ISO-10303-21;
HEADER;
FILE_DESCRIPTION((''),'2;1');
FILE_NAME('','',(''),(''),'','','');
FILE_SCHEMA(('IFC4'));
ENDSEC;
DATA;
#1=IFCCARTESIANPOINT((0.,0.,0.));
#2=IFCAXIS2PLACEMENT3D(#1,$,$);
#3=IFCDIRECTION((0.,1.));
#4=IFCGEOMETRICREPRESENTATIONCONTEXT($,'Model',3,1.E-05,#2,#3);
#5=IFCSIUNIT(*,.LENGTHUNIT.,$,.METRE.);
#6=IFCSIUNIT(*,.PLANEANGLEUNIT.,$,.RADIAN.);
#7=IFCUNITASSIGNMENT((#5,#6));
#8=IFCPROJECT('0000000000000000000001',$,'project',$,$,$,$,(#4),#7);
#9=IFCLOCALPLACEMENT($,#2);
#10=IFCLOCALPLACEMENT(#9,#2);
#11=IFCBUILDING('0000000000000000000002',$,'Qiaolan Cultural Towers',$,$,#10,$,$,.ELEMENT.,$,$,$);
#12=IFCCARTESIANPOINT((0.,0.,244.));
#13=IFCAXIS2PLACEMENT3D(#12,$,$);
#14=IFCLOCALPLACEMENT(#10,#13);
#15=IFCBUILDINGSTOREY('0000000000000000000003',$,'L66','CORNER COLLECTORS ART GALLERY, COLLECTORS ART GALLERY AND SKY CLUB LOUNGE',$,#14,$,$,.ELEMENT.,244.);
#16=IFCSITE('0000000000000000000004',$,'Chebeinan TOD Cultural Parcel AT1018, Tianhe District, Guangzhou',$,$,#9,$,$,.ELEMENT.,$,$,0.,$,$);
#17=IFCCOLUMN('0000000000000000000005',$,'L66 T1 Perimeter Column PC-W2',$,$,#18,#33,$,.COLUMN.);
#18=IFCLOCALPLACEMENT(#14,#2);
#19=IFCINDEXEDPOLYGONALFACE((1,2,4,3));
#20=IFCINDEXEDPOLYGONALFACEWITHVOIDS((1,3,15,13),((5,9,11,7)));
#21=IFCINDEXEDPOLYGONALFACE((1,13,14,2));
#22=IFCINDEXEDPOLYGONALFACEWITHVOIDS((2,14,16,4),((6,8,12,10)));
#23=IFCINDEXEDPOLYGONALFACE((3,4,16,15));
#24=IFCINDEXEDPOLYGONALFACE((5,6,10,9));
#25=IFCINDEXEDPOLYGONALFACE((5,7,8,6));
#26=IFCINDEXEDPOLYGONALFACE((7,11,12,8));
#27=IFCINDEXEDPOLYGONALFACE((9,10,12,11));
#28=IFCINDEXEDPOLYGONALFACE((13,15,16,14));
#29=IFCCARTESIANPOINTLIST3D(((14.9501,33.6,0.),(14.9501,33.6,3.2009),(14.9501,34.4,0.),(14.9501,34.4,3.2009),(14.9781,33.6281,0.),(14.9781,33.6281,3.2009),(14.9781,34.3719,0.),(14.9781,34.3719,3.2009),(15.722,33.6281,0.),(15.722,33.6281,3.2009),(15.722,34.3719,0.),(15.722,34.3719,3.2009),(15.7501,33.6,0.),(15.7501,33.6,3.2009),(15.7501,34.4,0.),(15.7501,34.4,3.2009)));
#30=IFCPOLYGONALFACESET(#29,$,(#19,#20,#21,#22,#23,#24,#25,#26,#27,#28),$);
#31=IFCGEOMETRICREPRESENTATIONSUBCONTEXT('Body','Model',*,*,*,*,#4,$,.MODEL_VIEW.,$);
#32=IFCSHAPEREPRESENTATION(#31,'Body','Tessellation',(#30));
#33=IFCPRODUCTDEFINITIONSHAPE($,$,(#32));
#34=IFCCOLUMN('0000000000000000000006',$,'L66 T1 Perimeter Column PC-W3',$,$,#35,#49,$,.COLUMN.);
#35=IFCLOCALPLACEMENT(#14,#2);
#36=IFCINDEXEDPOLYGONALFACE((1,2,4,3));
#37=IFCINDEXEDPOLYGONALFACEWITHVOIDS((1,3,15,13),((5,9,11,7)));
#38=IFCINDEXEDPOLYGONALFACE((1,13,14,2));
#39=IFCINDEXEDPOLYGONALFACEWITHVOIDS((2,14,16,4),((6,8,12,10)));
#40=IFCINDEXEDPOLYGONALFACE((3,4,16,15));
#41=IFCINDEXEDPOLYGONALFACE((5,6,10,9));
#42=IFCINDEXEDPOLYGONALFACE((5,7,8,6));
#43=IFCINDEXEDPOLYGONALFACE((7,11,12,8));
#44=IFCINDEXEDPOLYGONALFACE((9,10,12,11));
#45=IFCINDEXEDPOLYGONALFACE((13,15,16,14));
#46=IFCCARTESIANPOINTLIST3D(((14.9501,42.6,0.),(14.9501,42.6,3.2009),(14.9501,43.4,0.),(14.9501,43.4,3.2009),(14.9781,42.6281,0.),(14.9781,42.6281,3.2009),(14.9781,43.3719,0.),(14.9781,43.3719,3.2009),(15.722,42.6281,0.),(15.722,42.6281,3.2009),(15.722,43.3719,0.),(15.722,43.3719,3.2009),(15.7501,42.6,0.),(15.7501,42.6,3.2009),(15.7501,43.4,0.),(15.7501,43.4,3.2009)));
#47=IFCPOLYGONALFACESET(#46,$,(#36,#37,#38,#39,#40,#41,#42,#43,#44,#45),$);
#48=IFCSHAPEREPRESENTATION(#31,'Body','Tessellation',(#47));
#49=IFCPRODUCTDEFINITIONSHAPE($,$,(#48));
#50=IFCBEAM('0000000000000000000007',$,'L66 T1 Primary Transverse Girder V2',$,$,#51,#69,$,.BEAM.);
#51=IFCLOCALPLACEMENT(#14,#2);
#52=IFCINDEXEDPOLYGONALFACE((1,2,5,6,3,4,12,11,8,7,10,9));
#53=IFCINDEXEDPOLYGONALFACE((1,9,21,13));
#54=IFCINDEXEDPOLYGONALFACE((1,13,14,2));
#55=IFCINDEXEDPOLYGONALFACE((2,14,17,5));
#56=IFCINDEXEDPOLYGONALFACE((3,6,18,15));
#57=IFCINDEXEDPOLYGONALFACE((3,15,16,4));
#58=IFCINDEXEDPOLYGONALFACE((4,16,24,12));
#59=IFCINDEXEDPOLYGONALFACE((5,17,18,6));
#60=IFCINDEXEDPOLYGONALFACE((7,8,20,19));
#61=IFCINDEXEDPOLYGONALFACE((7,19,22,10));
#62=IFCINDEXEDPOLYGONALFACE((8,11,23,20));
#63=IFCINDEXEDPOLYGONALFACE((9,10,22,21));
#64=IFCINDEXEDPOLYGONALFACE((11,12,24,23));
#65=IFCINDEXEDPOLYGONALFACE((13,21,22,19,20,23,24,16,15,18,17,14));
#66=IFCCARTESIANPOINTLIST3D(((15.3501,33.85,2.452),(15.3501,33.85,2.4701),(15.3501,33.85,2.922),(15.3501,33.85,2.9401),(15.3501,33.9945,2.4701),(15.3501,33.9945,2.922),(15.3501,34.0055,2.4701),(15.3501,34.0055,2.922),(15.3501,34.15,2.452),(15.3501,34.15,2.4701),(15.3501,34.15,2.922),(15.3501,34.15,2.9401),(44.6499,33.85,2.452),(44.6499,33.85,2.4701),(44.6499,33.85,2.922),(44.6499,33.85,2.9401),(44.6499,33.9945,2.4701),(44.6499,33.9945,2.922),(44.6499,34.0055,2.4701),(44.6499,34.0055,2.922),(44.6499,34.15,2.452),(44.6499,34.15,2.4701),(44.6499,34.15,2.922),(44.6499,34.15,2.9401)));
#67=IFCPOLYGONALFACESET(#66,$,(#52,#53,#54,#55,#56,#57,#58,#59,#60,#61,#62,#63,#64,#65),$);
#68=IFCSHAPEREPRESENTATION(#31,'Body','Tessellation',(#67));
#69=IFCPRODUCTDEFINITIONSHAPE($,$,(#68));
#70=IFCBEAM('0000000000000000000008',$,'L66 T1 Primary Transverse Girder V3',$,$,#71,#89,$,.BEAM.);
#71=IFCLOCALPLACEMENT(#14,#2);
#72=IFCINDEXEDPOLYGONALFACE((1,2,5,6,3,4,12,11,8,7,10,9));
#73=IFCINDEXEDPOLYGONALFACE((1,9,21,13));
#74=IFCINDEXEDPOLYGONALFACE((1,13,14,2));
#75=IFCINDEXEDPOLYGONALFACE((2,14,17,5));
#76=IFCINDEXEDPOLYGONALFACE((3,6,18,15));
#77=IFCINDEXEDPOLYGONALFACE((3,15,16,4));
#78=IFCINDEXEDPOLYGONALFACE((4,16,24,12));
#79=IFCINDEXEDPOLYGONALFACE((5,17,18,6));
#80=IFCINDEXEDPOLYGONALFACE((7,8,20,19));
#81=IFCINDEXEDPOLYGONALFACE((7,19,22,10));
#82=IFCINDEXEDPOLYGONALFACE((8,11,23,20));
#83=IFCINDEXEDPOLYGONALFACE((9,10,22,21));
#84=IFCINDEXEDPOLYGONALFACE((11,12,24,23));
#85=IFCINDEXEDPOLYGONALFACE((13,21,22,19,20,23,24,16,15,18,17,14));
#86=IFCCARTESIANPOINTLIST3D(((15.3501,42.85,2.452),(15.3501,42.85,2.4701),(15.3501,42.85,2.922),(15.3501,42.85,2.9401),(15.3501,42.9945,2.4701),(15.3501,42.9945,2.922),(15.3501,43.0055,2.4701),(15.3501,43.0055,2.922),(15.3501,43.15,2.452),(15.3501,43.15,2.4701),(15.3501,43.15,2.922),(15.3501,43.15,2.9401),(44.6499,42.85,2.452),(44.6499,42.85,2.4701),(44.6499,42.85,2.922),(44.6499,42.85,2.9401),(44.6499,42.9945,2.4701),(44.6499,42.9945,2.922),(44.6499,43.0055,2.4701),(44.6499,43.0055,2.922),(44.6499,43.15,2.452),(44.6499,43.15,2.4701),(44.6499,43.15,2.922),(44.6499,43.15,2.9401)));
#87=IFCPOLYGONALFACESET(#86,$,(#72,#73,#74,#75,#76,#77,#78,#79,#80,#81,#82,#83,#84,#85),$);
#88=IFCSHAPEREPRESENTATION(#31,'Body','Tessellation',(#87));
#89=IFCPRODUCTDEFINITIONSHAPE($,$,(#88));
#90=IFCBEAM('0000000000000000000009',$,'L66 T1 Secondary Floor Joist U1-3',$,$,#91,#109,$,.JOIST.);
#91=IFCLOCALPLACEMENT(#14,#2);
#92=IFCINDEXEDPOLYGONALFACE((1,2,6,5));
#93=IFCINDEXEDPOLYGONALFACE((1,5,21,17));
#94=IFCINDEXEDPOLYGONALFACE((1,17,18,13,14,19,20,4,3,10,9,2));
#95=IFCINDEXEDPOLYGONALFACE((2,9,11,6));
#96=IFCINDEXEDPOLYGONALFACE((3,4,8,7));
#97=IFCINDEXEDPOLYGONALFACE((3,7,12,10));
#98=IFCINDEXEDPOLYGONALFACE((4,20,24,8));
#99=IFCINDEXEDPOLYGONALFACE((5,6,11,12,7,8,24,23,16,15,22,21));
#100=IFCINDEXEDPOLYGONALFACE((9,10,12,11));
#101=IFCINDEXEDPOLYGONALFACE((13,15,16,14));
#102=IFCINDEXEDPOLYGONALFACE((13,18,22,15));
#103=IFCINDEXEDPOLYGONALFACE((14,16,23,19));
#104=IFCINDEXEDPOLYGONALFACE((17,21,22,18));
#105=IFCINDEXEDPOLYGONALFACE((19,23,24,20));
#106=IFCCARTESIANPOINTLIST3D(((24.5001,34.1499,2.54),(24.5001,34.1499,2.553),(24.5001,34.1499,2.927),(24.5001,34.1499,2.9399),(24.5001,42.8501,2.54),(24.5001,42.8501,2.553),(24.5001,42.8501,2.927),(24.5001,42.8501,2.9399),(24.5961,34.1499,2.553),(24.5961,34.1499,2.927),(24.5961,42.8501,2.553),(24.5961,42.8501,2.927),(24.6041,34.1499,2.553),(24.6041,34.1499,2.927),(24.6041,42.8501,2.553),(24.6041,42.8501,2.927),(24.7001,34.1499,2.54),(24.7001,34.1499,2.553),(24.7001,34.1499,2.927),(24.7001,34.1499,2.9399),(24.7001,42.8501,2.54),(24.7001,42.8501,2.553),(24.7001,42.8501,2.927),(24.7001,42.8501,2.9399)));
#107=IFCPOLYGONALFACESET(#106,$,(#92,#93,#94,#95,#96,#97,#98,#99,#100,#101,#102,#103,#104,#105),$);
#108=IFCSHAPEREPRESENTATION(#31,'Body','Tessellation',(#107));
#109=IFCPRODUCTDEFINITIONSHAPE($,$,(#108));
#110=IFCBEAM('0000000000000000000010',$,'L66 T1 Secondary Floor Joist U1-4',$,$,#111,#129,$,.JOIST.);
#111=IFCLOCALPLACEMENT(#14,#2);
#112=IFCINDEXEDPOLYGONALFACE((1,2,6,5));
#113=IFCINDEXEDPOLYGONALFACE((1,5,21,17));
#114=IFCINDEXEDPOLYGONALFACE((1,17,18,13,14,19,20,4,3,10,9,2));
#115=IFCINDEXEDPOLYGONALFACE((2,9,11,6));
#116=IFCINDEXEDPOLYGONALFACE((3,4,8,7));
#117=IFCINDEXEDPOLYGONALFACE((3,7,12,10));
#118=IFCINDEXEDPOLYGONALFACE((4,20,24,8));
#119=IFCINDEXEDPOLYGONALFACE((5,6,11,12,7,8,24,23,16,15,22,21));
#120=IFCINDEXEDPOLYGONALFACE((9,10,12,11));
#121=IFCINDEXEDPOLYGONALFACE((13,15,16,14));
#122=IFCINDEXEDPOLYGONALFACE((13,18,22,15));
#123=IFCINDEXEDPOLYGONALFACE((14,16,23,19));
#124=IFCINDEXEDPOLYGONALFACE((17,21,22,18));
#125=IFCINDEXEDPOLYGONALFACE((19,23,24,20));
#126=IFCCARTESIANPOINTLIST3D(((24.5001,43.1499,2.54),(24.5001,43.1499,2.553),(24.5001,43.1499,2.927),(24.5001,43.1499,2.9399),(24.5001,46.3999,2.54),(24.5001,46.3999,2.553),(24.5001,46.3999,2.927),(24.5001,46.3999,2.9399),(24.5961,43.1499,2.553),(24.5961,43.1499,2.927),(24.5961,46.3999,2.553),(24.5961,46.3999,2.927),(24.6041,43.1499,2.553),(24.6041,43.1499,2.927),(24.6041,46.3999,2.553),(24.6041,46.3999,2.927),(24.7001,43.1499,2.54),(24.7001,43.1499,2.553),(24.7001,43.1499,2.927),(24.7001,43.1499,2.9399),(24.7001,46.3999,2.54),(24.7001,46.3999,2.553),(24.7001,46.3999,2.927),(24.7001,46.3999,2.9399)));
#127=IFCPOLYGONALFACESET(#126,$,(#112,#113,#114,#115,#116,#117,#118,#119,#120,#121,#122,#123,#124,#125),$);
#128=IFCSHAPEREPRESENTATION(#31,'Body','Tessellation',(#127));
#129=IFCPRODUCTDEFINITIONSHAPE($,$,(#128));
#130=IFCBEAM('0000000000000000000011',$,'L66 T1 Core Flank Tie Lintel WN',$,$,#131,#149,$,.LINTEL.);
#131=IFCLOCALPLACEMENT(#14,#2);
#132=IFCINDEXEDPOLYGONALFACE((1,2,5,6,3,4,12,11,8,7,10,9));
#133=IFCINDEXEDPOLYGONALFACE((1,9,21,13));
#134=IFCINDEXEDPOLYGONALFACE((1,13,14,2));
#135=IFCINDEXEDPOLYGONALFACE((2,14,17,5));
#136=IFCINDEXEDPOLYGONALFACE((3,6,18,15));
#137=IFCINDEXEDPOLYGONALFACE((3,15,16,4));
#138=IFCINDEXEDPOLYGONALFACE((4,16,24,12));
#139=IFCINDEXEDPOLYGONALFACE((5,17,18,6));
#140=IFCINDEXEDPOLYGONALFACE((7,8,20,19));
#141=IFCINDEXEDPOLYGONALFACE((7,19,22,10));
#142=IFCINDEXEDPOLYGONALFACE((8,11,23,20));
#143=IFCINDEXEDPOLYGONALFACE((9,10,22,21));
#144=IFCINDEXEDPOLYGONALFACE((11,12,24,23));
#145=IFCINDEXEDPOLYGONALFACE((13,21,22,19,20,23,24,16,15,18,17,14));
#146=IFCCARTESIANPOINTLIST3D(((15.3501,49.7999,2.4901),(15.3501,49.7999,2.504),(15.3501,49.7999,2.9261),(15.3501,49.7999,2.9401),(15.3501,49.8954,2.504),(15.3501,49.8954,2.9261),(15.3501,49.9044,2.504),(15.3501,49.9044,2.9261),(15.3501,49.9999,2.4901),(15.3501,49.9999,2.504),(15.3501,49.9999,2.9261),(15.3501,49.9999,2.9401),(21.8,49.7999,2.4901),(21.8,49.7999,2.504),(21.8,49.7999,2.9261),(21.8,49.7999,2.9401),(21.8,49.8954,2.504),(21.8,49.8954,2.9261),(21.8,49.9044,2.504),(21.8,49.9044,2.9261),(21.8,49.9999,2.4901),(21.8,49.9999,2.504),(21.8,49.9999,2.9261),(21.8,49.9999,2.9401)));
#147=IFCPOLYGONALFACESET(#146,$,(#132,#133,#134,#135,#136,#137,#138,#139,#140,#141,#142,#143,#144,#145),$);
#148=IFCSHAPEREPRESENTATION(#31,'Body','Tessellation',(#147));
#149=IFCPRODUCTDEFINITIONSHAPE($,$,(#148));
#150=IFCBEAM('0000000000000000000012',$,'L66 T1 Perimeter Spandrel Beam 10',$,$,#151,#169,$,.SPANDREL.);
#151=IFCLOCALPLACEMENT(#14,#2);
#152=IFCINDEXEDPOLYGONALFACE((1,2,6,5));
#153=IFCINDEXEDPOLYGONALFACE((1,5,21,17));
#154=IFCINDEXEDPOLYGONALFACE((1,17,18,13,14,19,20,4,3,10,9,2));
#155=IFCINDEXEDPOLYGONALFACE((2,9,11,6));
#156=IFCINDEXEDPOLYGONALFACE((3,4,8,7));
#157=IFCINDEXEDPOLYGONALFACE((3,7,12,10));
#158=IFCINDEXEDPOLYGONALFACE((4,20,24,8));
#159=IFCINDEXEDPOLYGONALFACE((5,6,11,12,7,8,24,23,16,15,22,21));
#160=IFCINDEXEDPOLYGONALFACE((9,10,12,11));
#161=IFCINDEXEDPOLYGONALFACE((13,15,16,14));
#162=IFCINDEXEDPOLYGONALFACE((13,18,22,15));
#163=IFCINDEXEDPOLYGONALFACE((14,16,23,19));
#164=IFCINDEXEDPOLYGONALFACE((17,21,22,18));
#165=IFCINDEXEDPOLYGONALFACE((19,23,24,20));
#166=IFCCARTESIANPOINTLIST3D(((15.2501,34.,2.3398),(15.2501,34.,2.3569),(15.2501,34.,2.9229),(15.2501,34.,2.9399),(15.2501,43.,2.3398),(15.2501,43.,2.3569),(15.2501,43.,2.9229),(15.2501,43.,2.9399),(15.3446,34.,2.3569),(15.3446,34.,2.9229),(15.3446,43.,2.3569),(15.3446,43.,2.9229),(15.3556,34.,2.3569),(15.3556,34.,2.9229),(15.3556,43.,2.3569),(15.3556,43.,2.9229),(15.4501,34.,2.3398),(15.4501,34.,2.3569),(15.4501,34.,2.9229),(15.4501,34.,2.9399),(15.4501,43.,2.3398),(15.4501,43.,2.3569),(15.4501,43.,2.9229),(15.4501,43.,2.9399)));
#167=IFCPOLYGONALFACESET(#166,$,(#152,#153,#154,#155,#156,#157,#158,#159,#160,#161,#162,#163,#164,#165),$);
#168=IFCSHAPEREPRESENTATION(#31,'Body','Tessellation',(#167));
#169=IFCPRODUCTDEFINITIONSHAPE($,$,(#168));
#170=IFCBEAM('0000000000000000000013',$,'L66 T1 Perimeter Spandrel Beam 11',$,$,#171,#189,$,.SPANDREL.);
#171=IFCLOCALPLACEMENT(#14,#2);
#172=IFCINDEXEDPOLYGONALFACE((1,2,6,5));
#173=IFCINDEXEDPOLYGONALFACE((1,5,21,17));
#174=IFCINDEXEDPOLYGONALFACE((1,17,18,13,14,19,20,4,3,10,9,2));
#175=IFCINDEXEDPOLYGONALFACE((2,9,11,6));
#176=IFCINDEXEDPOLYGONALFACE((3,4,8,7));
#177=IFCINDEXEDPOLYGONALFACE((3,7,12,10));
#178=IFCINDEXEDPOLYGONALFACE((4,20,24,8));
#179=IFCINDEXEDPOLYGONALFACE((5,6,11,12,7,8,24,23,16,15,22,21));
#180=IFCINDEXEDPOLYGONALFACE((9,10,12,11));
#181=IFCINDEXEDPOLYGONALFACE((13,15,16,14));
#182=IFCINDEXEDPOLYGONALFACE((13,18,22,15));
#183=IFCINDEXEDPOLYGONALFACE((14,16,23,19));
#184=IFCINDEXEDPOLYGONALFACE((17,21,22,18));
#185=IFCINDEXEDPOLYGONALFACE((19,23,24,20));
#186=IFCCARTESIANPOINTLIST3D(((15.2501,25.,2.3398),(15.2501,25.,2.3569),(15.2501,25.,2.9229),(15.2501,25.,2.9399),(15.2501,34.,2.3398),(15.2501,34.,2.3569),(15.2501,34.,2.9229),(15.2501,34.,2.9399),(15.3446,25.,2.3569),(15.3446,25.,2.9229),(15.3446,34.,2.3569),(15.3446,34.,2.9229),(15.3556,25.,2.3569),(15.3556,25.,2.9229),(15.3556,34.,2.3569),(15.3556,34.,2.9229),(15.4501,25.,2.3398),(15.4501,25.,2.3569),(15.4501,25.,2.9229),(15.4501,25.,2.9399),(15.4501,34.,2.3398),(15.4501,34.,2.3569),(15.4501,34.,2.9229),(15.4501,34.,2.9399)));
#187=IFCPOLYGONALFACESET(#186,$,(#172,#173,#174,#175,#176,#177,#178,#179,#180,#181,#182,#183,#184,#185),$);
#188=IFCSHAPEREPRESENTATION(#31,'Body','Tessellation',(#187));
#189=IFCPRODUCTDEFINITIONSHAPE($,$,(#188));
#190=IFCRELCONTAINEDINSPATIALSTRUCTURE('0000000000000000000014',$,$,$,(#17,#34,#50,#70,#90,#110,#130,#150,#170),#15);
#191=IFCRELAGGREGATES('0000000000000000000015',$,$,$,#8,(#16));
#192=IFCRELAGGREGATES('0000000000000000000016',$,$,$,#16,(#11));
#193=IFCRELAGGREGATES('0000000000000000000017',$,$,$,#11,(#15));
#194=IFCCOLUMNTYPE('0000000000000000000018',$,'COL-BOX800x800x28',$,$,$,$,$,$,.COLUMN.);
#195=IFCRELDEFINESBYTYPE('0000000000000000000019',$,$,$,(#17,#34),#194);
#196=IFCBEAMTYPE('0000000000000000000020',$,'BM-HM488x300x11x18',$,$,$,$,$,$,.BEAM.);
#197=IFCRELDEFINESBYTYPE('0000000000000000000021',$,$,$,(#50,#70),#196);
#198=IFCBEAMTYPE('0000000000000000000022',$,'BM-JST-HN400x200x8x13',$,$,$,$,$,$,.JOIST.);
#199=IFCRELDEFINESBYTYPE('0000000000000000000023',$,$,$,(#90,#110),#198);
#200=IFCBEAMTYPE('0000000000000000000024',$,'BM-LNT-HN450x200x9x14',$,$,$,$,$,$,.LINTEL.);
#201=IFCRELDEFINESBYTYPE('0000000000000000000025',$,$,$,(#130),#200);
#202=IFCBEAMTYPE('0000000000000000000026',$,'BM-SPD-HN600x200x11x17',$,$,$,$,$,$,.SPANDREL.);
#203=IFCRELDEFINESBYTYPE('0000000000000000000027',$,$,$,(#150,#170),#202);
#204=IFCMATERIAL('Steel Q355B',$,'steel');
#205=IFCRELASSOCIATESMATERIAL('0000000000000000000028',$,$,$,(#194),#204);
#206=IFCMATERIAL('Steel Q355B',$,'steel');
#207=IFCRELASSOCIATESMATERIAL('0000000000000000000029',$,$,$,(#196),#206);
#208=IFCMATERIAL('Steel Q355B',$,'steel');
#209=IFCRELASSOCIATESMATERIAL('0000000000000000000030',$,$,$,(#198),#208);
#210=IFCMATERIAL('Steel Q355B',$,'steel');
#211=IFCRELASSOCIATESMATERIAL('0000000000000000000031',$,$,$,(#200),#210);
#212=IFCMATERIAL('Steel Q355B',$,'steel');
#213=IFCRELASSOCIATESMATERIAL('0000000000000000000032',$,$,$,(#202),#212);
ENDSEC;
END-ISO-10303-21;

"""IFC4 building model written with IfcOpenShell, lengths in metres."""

from ifc_helpers import new_model, si_unit, direction, frame, origin, origin_2d, place, context, subcontext, project, spatial, hollow_rectangle, i_section, extrude, material, material_profile, profile_set, type_object, element, save


model = new_model("IFC4")

# Units and contexts
model_context = context("Model", 3, precision=1e-05, world=origin(), true_north=direction((0.0, 1.0)))
body_context = subcontext(model_context, "Body", "Model", "MODEL_VIEW")
ifc_project = project(units=[si_unit("LENGTHUNIT", "METRE"), si_unit("PLANEANGLEUNIT", "RADIAN")], contexts=[model_context])

# Site, building, storey
site_placement = place(None, origin())
site = spatial("IfcSite", under=ifc_project, at=site_placement, Name="Chebeinan TOD Cultural Parcel AT1018, Tianhe District, Guangzhou", CompositionType="ELEMENT", RefElevation=0.0)
building_placement = place(site_placement, origin())
building = spatial("IfcBuilding", under=site, at=building_placement, Name="Qiaolan Cultural Towers", CompositionType="ELEMENT")
storey_placement = place(building_placement, frame((0.0, 0.0, 244.0)))
storey = spatial("IfcBuildingStorey", under=building, at=storey_placement, Name="L66", Description="CORNER COLLECTORS ART GALLERY, COLLECTORS ART GALLERY AND SKY CLUB LOUNGE", CompositionType="ELEMENT", Elevation=244.0)

# Columns
ifc_material_1 = material(Name="Steel Q355B", Category="steel")
ifc_material_profile_1 = material_profile(ifc_material_1, hollow_rectangle(XDim=0.8, YDim=0.8, WallThickness=0.0281, at=origin_2d()), Name="BOX800x800x28")
ifc_profile_set_1 = profile_set([ifc_material_profile_1], Name="Steel Q355B")
column_type = type_object("IfcColumnType", Name="COL-BOX800x800x28", PredefinedType="COLUMN", material=ifc_profile_set_1)
for number, where, z_axis, x_axis, name in (
    (1, (15.3501, 34.0, 0.0), (0.0, 0.0, 1.0), (1.0, 0.0, 0.0), "L66 T1 Perimeter Column PC-W2"),
    (2, (15.3501, 43.0, 0.0), (0.0, 0.0, 1.0), (1.0, 0.0, 0.0), "L66 T1 Perimeter Column PC-W3"),
):
    element("IfcColumn", number, at=place(storey_placement, frame(where, z_axis=z_axis, x_axis=x_axis)), inside=storey, type_object=column_type, Name=name, PredefinedType="COLUMN", context=body_context, shape_type="SweptSolid", body=[
        extrude(hollow_rectangle(XDim=0.8, YDim=0.8, WallThickness=0.0281, at=origin_2d()), origin(), (0.0, 0.0, 1.0), 3.2009),
    ])

# Beams
ifc_material_2 = material(Name="Steel Q355B", Category="steel")
ifc_material_profile_2 = material_profile(ifc_material_2, i_section(OverallWidth=0.3, OverallDepth=0.488, WebThickness=0.011, FlangeThickness=0.0181, at=origin_2d()), Name="HM488x300x11x18")
ifc_profile_set_2 = profile_set([ifc_material_profile_2], Name="Steel Q355B")
beam_type_1 = type_object("IfcBeamType", Name="BM-HM488x300x11x18", PredefinedType="BEAM", material=ifc_profile_set_2)
for number, where, z_axis, x_axis, name in (
    (3, (15.3501, 34.0, 2.696), (1.0, 0.0, 0.0), (0.0, 1.0, 0.0), "L66 T1 Primary Transverse Girder V2"),
    (4, (15.3501, 43.0, 2.696), (1.0, 0.0, 0.0), (0.0, 1.0, 0.0), "L66 T1 Primary Transverse Girder V3"),
):
    element("IfcBeam", number, at=place(storey_placement, frame(where, z_axis=z_axis, x_axis=x_axis)), inside=storey, type_object=beam_type_1, Name=name, PredefinedType="BEAM", context=body_context, shape_type="SweptSolid", body=[
        extrude(i_section(OverallWidth=0.3, OverallDepth=0.488, WebThickness=0.011, FlangeThickness=0.0181, at=origin_2d()), origin(), (0.0, 0.0, 1.0), 29.2998),
    ])
ifc_material_3 = material(Name="Steel Q355B", Category="steel")
ifc_material_profile_3 = material_profile(ifc_material_3, i_section(OverallWidth=0.2, OverallDepth=0.3999, WebThickness=0.0081, FlangeThickness=0.0129, at=origin_2d()), Name="HN400x200x8x13")
ifc_profile_set_3 = profile_set([ifc_material_profile_3], Name="Steel Q355B")
beam_type_2 = type_object("IfcBeamType", Name="BM-JST-HN400x200x8x13", PredefinedType="JOIST", material=ifc_profile_set_3)
beam_1_placement = place(storey_placement, frame((24.6001, 34.1499, 2.74), z_axis=(0.0, 1.0, 0.0), x_axis=(-1.0, 0.0, 0.0)))
element("IfcBeam", 5, at=beam_1_placement, inside=storey, type_object=beam_type_2, Name="L66 T1 Secondary Floor Joist U1-3", PredefinedType="JOIST", context=body_context, shape_type="SweptSolid", body=[
    extrude(i_section(OverallWidth=0.2, OverallDepth=0.3999, WebThickness=0.0081, FlangeThickness=0.0129, at=origin_2d()), origin(), (0.0, 0.0, 1.0), 8.7002),
])
beam_2_placement = place(storey_placement, frame((24.6001, 43.1499, 2.74), z_axis=(0.0, 1.0, 0.0), x_axis=(-1.0, 0.0, 0.0)))
element("IfcBeam", 6, at=beam_2_placement, inside=storey, type_object=beam_type_2, Name="L66 T1 Secondary Floor Joist U1-4", PredefinedType="JOIST", context=body_context, shape_type="SweptSolid", body=[
    extrude(i_section(OverallWidth=0.2, OverallDepth=0.3999, WebThickness=0.0081, FlangeThickness=0.0129, at=origin_2d()), origin(), (0.0, 0.0, 1.0), 3.25),
])
ifc_material_4 = material(Name="Steel Q355B", Category="steel")
ifc_material_profile_4 = material_profile(ifc_material_4, i_section(OverallWidth=0.2, OverallDepth=0.45, WebThickness=0.009, FlangeThickness=0.0139, at=origin_2d()), Name="HN450x200x9x14")
ifc_profile_set_4 = profile_set([ifc_material_profile_4], Name="Steel Q355B")
beam_type_3 = type_object("IfcBeamType", Name="BM-LNT-HN450x200x9x14", PredefinedType="LINTEL", material=ifc_profile_set_4)
beam_3_placement = place(storey_placement, frame((21.8, 49.8999, 2.7151), z_axis=(-1.0, 0.0, 0.0), x_axis=(0.0, -1.0, 0.0)))
element("IfcBeam", 7, at=beam_3_placement, inside=storey, type_object=beam_type_3, Name="L66 T1 Core Flank Tie Lintel WN", PredefinedType="LINTEL", context=body_context, shape_type="SweptSolid", body=[
    extrude(i_section(OverallWidth=0.2, OverallDepth=0.45, WebThickness=0.009, FlangeThickness=0.0139, at=origin_2d()), origin(), (0.0, 0.0, 1.0), 6.45),
])
ifc_material_5 = material(Name="Steel Q355B", Category="steel")
ifc_material_profile_5 = material_profile(ifc_material_5, i_section(OverallWidth=0.2, OverallDepth=0.6001, WebThickness=0.011, FlangeThickness=0.0171, at=origin_2d()), Name="HN600x200x11x17")
ifc_profile_set_5 = profile_set([ifc_material_profile_5], Name="Steel Q355B")
beam_type_4 = type_object("IfcBeamType", Name="BM-SPD-HN600x200x11x17", PredefinedType="SPANDREL", material=ifc_profile_set_5)
for number, where, z_axis, x_axis, name in (
    (8, (15.3501, 43.0, 2.6399), (0.0, -1.0, 0.0), (1.0, 0.0, 0.0), "L66 T1 Perimeter Spandrel Beam 10"),
    (9, (15.3501, 34.0, 2.6399), (0.0, -1.0, 0.0), (1.0, 0.0, 0.0), "L66 T1 Perimeter Spandrel Beam 11"),
):
    element("IfcBeam", number, at=place(storey_placement, frame(where, z_axis=z_axis, x_axis=x_axis)), inside=storey, type_object=beam_type_4, Name=name, PredefinedType="SPANDREL", context=body_context, shape_type="SweptSolid", body=[
        extrude(i_section(OverallWidth=0.2, OverallDepth=0.6001, WebThickness=0.011, FlangeThickness=0.0171, at=origin_2d()), origin(), (0.0, 0.0, 1.0), 9.0),
    ])

save(model, "model.ifc")
